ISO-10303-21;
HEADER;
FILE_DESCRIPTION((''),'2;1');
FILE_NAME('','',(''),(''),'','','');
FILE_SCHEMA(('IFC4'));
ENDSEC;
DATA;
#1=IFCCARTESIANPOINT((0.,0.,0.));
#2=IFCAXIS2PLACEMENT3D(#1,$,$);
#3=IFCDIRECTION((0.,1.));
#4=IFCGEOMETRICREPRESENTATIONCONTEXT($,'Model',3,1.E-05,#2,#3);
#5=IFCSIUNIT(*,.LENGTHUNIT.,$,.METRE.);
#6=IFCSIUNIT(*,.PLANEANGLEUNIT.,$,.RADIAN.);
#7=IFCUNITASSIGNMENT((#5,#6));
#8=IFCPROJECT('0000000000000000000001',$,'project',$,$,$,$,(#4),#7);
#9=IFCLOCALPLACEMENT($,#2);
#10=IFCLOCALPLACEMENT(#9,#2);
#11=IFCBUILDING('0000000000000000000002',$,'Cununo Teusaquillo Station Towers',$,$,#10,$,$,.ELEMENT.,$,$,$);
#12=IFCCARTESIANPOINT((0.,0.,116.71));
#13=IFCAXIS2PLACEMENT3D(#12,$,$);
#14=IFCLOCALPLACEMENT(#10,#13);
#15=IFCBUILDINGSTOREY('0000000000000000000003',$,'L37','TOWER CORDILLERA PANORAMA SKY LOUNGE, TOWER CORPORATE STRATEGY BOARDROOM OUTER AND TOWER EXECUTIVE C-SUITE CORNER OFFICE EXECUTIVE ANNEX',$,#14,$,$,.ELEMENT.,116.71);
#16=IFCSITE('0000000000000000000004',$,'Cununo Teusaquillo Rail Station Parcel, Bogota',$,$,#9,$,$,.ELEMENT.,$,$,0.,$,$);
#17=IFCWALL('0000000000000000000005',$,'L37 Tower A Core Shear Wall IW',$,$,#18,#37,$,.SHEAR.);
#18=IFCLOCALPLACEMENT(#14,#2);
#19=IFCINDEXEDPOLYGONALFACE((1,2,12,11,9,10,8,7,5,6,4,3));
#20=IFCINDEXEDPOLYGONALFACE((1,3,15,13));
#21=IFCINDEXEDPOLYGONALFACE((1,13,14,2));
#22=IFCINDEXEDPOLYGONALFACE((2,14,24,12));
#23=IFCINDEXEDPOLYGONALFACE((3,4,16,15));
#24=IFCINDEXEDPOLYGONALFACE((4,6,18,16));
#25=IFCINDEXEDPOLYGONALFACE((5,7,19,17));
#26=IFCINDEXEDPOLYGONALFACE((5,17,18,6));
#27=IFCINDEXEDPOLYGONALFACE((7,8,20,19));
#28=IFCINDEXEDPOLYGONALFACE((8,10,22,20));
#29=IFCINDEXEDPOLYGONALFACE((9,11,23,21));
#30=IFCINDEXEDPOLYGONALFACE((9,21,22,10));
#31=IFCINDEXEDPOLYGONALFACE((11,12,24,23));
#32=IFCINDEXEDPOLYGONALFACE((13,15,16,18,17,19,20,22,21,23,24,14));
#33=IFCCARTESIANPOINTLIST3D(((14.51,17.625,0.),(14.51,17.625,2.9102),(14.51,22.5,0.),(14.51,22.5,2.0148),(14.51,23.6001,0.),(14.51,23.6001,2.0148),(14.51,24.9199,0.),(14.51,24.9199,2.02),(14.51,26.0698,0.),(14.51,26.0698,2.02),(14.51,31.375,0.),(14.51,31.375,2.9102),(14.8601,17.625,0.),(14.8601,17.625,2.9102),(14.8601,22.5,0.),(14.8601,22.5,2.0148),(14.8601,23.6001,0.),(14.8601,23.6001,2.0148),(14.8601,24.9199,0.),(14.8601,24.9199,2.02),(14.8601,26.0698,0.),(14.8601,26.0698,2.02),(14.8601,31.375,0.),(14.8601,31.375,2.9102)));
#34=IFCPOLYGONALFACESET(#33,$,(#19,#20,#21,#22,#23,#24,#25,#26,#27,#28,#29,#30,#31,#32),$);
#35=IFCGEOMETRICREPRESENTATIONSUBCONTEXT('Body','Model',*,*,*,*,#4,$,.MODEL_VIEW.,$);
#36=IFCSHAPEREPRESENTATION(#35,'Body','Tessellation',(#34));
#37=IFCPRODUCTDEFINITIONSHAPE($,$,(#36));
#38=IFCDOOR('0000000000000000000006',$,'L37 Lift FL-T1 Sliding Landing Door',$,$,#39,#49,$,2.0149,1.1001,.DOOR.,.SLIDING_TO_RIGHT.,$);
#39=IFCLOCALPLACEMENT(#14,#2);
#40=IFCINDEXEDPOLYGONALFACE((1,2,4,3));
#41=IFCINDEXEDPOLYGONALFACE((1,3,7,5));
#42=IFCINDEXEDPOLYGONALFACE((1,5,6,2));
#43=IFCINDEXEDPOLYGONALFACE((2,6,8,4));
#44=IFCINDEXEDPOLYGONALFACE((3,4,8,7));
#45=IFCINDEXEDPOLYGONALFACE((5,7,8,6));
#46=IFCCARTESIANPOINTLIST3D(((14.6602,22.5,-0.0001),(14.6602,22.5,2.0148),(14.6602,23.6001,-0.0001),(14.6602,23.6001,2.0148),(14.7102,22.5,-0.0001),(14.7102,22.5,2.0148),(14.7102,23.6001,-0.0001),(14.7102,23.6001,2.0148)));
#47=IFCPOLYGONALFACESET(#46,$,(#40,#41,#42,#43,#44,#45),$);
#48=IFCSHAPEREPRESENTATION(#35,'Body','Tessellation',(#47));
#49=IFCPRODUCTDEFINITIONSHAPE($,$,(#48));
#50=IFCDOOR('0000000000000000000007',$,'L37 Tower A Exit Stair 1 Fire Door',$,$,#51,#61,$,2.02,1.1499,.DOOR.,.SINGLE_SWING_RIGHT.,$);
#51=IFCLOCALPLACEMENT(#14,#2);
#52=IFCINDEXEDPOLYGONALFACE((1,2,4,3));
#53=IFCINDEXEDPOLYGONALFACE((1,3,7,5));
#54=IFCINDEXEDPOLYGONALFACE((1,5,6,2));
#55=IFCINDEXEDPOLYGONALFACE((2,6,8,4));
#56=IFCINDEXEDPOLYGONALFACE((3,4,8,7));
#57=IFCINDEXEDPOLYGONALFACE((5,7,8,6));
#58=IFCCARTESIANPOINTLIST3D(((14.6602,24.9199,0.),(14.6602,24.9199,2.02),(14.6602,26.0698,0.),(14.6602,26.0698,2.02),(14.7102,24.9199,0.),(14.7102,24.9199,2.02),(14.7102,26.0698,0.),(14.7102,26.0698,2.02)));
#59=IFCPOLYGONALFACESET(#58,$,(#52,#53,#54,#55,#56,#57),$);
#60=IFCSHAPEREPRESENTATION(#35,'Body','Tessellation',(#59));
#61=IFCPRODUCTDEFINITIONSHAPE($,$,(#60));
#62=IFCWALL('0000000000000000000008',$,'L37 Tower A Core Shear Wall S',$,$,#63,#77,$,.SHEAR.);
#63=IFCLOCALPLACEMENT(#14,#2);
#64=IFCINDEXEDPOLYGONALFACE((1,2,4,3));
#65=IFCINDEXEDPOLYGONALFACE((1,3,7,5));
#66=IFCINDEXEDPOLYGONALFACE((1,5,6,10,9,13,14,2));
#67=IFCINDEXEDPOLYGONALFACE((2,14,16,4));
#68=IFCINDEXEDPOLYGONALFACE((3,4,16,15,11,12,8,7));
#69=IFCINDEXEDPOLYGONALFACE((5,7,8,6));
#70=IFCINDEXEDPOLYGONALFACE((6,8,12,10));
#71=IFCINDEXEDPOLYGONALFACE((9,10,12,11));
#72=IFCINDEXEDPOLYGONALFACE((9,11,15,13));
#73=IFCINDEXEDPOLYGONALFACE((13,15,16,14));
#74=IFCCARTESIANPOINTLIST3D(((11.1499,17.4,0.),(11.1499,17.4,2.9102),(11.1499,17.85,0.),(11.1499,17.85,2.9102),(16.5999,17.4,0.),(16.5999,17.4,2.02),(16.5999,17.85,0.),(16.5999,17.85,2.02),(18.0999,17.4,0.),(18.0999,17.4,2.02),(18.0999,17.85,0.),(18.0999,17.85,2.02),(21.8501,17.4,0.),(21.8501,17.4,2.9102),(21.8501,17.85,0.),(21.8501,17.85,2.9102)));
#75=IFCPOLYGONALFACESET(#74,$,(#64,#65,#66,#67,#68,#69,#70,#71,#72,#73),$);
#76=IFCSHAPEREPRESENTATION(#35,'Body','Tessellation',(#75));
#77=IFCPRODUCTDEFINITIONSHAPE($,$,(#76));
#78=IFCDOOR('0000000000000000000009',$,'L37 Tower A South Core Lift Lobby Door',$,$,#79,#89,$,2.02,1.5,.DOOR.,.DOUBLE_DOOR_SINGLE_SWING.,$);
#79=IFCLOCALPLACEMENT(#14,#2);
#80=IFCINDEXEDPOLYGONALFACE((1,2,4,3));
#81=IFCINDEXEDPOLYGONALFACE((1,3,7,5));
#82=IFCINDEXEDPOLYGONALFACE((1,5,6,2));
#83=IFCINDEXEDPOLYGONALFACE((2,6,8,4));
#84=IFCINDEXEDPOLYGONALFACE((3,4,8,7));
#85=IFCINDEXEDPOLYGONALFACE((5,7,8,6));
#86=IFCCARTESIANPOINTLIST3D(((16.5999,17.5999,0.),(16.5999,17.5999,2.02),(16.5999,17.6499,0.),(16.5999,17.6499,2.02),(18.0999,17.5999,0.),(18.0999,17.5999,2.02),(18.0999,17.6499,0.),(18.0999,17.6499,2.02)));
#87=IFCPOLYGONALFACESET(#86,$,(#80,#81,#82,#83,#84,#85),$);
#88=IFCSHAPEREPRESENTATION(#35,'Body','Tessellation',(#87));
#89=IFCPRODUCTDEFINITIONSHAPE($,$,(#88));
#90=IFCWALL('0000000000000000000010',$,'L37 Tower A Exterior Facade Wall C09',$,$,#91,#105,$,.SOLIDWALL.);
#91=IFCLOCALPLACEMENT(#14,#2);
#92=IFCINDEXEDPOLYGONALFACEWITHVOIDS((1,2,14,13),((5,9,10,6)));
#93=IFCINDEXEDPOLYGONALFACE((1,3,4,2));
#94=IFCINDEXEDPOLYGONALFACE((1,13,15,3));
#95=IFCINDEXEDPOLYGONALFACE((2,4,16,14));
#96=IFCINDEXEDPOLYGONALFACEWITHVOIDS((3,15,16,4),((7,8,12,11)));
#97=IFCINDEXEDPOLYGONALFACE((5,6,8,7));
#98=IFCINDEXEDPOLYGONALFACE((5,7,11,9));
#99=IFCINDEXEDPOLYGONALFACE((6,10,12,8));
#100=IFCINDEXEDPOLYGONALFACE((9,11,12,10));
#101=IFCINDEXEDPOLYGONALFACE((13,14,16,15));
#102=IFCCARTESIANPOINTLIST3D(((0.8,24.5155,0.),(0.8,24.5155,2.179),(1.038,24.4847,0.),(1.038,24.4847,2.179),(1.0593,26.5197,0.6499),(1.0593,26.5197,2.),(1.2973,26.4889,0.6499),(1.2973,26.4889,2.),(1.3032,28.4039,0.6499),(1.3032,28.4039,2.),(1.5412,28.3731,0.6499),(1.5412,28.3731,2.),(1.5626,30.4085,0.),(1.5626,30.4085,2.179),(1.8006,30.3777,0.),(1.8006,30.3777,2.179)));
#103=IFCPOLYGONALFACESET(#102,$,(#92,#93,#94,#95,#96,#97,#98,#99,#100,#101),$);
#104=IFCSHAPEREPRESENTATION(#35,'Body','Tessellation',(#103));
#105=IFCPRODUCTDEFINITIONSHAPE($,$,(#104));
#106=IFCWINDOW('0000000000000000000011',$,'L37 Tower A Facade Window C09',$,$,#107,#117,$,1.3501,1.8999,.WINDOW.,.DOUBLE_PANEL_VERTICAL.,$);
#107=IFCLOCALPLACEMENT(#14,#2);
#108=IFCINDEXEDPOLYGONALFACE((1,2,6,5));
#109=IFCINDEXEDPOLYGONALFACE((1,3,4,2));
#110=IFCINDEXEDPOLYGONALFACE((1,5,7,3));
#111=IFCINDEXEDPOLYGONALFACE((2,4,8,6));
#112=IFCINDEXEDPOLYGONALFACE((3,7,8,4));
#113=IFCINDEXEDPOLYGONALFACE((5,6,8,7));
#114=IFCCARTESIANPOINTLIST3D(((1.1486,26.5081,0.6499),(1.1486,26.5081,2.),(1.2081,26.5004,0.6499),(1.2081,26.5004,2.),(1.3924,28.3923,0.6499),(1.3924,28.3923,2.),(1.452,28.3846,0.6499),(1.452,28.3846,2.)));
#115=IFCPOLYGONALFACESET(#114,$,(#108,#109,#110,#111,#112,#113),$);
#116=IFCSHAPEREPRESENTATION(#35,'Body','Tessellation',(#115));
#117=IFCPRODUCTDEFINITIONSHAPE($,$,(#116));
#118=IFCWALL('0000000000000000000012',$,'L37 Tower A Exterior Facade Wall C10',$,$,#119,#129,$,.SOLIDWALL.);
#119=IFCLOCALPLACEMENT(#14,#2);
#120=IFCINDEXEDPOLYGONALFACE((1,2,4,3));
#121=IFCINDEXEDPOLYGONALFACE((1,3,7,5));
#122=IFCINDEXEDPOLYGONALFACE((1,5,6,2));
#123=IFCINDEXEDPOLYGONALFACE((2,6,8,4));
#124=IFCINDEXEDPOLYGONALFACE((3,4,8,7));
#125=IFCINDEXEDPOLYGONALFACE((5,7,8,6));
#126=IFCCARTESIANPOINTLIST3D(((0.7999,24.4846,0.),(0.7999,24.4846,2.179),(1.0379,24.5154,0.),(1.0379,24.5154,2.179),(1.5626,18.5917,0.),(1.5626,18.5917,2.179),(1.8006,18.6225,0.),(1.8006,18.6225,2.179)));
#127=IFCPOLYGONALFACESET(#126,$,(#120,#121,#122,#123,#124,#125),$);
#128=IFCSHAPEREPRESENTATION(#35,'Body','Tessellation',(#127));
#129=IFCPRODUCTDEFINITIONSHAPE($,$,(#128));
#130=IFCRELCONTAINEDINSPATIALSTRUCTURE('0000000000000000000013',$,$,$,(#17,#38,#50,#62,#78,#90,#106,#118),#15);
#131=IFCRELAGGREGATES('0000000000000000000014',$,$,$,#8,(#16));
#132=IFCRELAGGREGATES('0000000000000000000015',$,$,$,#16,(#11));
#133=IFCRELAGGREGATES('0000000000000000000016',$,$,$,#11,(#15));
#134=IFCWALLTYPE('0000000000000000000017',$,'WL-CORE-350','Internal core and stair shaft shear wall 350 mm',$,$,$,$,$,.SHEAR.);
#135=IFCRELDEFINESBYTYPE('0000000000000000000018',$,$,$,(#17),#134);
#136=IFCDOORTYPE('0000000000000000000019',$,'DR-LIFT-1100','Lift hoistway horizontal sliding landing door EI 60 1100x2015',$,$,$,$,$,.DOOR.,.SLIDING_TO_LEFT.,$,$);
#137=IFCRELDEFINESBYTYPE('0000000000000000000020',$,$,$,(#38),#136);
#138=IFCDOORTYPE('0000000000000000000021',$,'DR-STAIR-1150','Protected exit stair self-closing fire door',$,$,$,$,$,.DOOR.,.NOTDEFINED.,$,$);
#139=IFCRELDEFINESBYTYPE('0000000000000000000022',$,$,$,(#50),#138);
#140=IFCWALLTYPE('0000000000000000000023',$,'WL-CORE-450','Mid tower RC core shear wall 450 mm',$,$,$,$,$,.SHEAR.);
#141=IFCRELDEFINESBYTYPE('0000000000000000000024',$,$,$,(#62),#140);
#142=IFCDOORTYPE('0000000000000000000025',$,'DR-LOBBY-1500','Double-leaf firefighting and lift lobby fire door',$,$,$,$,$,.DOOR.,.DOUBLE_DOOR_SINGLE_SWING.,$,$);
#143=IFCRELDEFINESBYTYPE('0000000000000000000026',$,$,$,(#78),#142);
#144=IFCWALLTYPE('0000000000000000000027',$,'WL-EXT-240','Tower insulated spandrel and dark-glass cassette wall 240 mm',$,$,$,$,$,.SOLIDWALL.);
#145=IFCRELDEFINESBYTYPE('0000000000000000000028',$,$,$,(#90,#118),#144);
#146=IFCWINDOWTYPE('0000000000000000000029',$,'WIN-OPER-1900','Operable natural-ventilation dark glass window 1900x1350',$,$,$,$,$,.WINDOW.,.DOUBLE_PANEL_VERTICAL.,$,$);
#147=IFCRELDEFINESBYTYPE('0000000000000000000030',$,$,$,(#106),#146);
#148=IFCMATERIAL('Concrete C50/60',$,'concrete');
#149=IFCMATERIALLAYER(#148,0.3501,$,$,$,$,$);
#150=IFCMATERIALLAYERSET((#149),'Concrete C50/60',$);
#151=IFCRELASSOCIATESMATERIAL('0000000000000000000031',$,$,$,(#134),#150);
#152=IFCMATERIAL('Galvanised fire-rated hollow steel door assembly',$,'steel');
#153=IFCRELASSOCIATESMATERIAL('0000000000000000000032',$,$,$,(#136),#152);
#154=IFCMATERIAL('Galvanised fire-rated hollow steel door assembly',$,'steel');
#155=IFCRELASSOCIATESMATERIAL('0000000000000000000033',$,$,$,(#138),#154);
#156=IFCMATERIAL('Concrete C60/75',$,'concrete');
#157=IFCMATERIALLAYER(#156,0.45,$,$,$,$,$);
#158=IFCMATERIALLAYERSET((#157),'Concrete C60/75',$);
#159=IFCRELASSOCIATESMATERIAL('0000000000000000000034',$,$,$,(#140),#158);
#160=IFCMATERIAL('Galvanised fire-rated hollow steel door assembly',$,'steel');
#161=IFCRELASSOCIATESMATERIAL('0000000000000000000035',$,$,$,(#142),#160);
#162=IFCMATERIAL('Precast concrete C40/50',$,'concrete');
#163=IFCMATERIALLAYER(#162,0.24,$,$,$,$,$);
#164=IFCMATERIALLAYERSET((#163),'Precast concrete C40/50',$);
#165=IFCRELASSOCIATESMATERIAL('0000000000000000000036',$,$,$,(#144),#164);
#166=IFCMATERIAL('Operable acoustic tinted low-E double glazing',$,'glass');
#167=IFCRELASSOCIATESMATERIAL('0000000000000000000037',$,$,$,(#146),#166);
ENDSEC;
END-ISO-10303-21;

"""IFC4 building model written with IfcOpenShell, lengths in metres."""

from ifc_helpers import new_model, si_unit, direction, frame, frame_2d, origin, place, context, subcontext, project, spatial, rectangle, extrude, source, transform, mapped, material, layer, layer_set, type_object, element, fill, save


model = new_model("IFC4")

# Units and contexts
model_context = context("Model", 3, precision=1e-05, world=origin(), true_north=direction((0.0, 1.0)))
body_context = subcontext(model_context, "Body", "Model", "MODEL_VIEW")
ifc_project = project(units=[si_unit("LENGTHUNIT", "METRE"), si_unit("PLANEANGLEUNIT", "RADIAN")], contexts=[model_context])

# Site, building, storey
site_placement = place(None, origin())
site = spatial("IfcSite", under=ifc_project, at=site_placement, Name="Cununo Teusaquillo Rail Station Parcel, Bogota", CompositionType="ELEMENT", RefElevation=0.0)
building_placement = place(site_placement, origin())
building = spatial("IfcBuilding", under=site, at=building_placement, Name="Cununo Teusaquillo Station Towers", CompositionType="ELEMENT")
storey_placement = place(building_placement, frame((0.0, 0.0, 116.71)))
storey = spatial("IfcBuildingStorey", under=building, at=storey_placement, Name="L37", Description="TOWER CORDILLERA PANORAMA SKY LOUNGE, TOWER CORPORATE STRATEGY BOARDROOM OUTER AND TOWER EXECUTIVE C-SUITE CORNER OFFICE EXECUTIVE ANNEX", CompositionType="ELEMENT", Elevation=116.71)

# Wall, openings, doors
ifc_material_1 = material(Name="Concrete C50/60", Category="concrete")
ifc_layer_1 = layer(ifc_material_1, 0.3501)
ifc_layer_set_1 = layer_set([ifc_layer_1], Name="Concrete C50/60")
wall_type_1 = type_object("IfcWallType", Name="WL-CORE-350", Description="Internal core and stair shaft shear wall 350 mm", PredefinedType="SHEAR", material=ifc_layer_set_1)
wall_1_placement = place(storey_placement, frame((14.6851, 17.625, 0.0), z_axis=(0.0, 0.0, 1.0), x_axis=(0.0, 1.0, 0.0)))
wall_1 = element("IfcWall", 1, at=wall_1_placement, inside=storey, type_object=wall_type_1, Name="L37 Tower A Core Shear Wall IW", PredefinedType="SHEAR", context=body_context, shape_type="SweptSolid", body=[
    extrude(rectangle(XDim=13.75, YDim=0.3501, at=frame_2d((6.875, 0.0))), origin(), (0.0, 0.0, 1.0), 2.9102),
])
shared_shape_1 = source(origin(), body_context, "Body", "SweptSolid", [
    extrude(rectangle(XDim=1.1001, YDim=2.0149, at=frame_2d((0.55, 1.0073))), frame((0.0, 0.1851, 0.0), z_axis=(0.0, -1.0, 0.0), x_axis=(1.0, 0.0, 0.0)), (0.0, 0.0, 1.0), 0.3701),
])
opening_1_placement = place(wall_1_placement, frame((4.875, 0.0, 0.0)))
opening_1 = element("IfcOpeningElement", 2, at=opening_1_placement, cuts=wall_1, PredefinedType="OPENING", context=body_context, shape_type="MappedRepresentation", body=[
    mapped(shared_shape_1, transform((0.0, 0.0, 0.0), x_axis=(1.0, 0.0, 0.0), y_axis=(0.0, 1.0, 0.0), z_axis=(0.0, 0.0, 1.0), scale=1.0)),
])
shared_shape_2 = source(origin(), body_context, "Body", "SweptSolid", [
    extrude(rectangle(XDim=1.1499, YDim=2.02, at=frame_2d((0.575, 1.01))), frame((0.0, 0.1851, 0.0), z_axis=(0.0, -1.0, 0.0), x_axis=(1.0, 0.0, 0.0)), (0.0, 0.0, 1.0), 0.3701),
])
opening_2_placement = place(wall_1_placement, frame((7.2949, 0.0, 0.0)))
opening_2 = element("IfcOpeningElement", 3, at=opening_2_placement, cuts=wall_1, PredefinedType="OPENING", context=body_context, shape_type="MappedRepresentation", body=[
    mapped(shared_shape_2, transform((0.0, 0.0, 0.0), x_axis=(1.0, 0.0, 0.0), y_axis=(0.0, 1.0, 0.0), z_axis=(0.0, 0.0, 1.0), scale=1.0)),
])
ifc_material_2 = material(Name="Galvanised fire-rated hollow steel door assembly", Category="steel")
door_type_1 = type_object("IfcDoorType", Name="DR-LIFT-1100", Description="Lift hoistway horizontal sliding landing door EI 60 1100x2015", OperationType="SLIDING_TO_LEFT", PredefinedType="DOOR", material=ifc_material_2)
shared_shape_3 = source(origin(), body_context, "Body", "SweptSolid", [
    extrude(rectangle(XDim=1.1001, YDim=2.0149, at=frame_2d((0.55, 1.0073))), frame((0.0, 0.0249, 0.0), z_axis=(0.0, -1.0, 0.0), x_axis=(1.0, 0.0, 0.0)), (0.0, 0.0, 1.0), 0.05),
])
door_1_placement = place(opening_1_placement, origin())
door_1 = element("IfcDoor", 4, at=door_1_placement, inside=storey, type_object=door_type_1, Name="L37 Lift FL-T1 Sliding Landing Door", OperationType="SLIDING_TO_RIGHT", OverallHeight=2.0149, OverallWidth=1.1001, PredefinedType="DOOR", context=body_context, shape_type="MappedRepresentation", body=[
    mapped(shared_shape_3, transform((0.0, 0.0, 0.0), x_axis=(1.0, 0.0, 0.0), y_axis=(0.0, 1.0, 0.0), z_axis=(0.0, 0.0, 1.0), scale=1.0)),
])
fill(opening_1, door_1)
ifc_material_3 = material(Name="Galvanised fire-rated hollow steel door assembly", Category="steel")
door_type_2 = type_object("IfcDoorType", Name="DR-STAIR-1150", Description="Protected exit stair self-closing fire door", OperationType="NOTDEFINED", PredefinedType="DOOR", material=ifc_material_3)
shared_shape_4 = source(origin(), body_context, "Body", "SweptSolid", [
    extrude(rectangle(XDim=1.1499, YDim=2.02, at=frame_2d((0.575, 1.01))), frame((0.0, 0.0249, 0.0), z_axis=(0.0, -1.0, 0.0), x_axis=(1.0, 0.0, 0.0)), (0.0, 0.0, 1.0), 0.05),
])
door_2_placement = place(opening_2_placement, origin())
door_2 = element("IfcDoor", 5, at=door_2_placement, inside=storey, type_object=door_type_2, Name="L37 Tower A Exit Stair 1 Fire Door", OperationType="SINGLE_SWING_RIGHT", OverallHeight=2.02, OverallWidth=1.1499, PredefinedType="DOOR", context=body_context, shape_type="MappedRepresentation", body=[
    mapped(shared_shape_4, transform((0.0, 0.0, 0.0), x_axis=(1.0, 0.0, 0.0), y_axis=(0.0, 1.0, 0.0), z_axis=(0.0, 0.0, 1.0), scale=1.0)),
])
fill(opening_2, door_2)

# Wall, opening, door
ifc_material_4 = material(Name="Concrete C60/75", Category="concrete")
ifc_layer_2 = layer(ifc_material_4, 0.45)
ifc_layer_set_2 = layer_set([ifc_layer_2], Name="Concrete C60/75")
wall_type_2 = type_object("IfcWallType", Name="WL-CORE-450", Description="Mid tower RC core shear wall 450 mm", PredefinedType="SHEAR", material=ifc_layer_set_2)
wall_2_placement = place(storey_placement, frame((11.1499, 17.625, 0.0), z_axis=(0.0, 0.0, 1.0), x_axis=(1.0, 0.0, 0.0)))
wall_2 = element("IfcWall", 6, at=wall_2_placement, inside=storey, type_object=wall_type_2, Name="L37 Tower A Core Shear Wall S", PredefinedType="SHEAR", context=body_context, shape_type="SweptSolid", body=[
    extrude(rectangle(XDim=10.7002, YDim=0.45, at=frame_2d((5.3501, 0.0))), origin(), (0.0, 0.0, 1.0), 2.9102),
])
shared_shape_5 = source(origin(), body_context, "Body", "SweptSolid", [
    extrude(rectangle(XDim=1.5, YDim=2.02, at=frame_2d((0.75, 1.01))), frame((0.0, 0.2349, 0.0), z_axis=(0.0, -1.0, 0.0), x_axis=(1.0, 0.0, 0.0)), (0.0, 0.0, 1.0), 0.47),
])
opening_3_placement = place(wall_2_placement, frame((5.45, 0.0, 0.0)))
opening_3 = element("IfcOpeningElement", 7, at=opening_3_placement, cuts=wall_2, PredefinedType="OPENING", context=body_context, shape_type="MappedRepresentation", body=[
    mapped(shared_shape_5, transform((0.0, 0.0, 0.0), x_axis=(1.0, 0.0, 0.0), y_axis=(0.0, 1.0, 0.0), z_axis=(0.0, 0.0, 1.0), scale=1.0)),
])
ifc_material_5 = material(Name="Galvanised fire-rated hollow steel door assembly", Category="steel")
door_type_3 = type_object("IfcDoorType", Name="DR-LOBBY-1500", Description="Double-leaf firefighting and lift lobby fire door", OperationType="DOUBLE_DOOR_SINGLE_SWING", PredefinedType="DOOR", material=ifc_material_5)
shared_shape_6 = source(origin(), body_context, "Body", "SweptSolid", [
    extrude(rectangle(XDim=1.5, YDim=2.02, at=frame_2d((0.75, 1.01))), frame((0.0, 0.0249, 0.0), z_axis=(0.0, -1.0, 0.0), x_axis=(1.0, 0.0, 0.0)), (0.0, 0.0, 1.0), 0.05),
])
door_3_placement = place(opening_3_placement, origin())
door_3 = element("IfcDoor", 8, at=door_3_placement, inside=storey, type_object=door_type_3, Name="L37 Tower A South Core Lift Lobby Door", OperationType="DOUBLE_DOOR_SINGLE_SWING", OverallHeight=2.02, OverallWidth=1.5, PredefinedType="DOOR", context=body_context, shape_type="MappedRepresentation", body=[
    mapped(shared_shape_6, transform((0.0, 0.0, 0.0), x_axis=(1.0, 0.0, 0.0), y_axis=(0.0, 1.0, 0.0), z_axis=(0.0, 0.0, 1.0), scale=1.0)),
])
fill(opening_3, door_3)

# Wall, opening, window
ifc_material_6 = material(Name="Precast concrete C40/50", Category="concrete")
ifc_layer_3 = layer(ifc_material_6, 0.24)
ifc_layer_set_3 = layer_set([ifc_layer_3], Name="Precast concrete C40/50")
wall_type_3 = type_object("IfcWallType", Name="WL-EXT-240", Description="Tower insulated spandrel and dark-glass cassette wall 240 mm", PredefinedType="SOLIDWALL", material=ifc_layer_set_3)
wall_3_placement = place(storey_placement, frame((0.9189, 24.5, 0.0), z_axis=(0.0, 0.0, 1.0), x_axis=(0.128352, 0.991729, 0.0)))
wall_3 = element("IfcWall", 9, at=wall_3_placement, inside=storey, type_object=wall_type_3, Name="L37 Tower A Exterior Facade Wall C09", PredefinedType="SOLIDWALL", context=body_context, shape_type="SweptSolid", body=[
    extrude(rectangle(XDim=5.9421, YDim=0.24, at=frame_2d((2.9712, 0.0))), origin(), (0.0, 0.0, 1.0), 2.179),
])
shared_shape_7 = source(origin(), body_context, "Body", "SweptSolid", [
    extrude(rectangle(XDim=1.8999, YDim=1.3501, at=frame_2d((0.95, 0.675))), frame((0.0, 0.1299, 0.0), z_axis=(0.0, -1.0, 0.0), x_axis=(1.0, 0.0, 0.0)), (0.0, 0.0, 1.0), 0.26),
])
opening_4_placement = place(wall_3_placement, frame((2.021, 0.0, 0.6499)))
opening_4 = element("IfcOpeningElement", 10, at=opening_4_placement, cuts=wall_3, PredefinedType="OPENING", context=body_context, shape_type="MappedRepresentation", body=[
    mapped(shared_shape_7, transform((0.0, 0.0, 0.0), x_axis=(1.0, 0.0, 0.0), y_axis=(0.0, 1.0, 0.0), z_axis=(0.0, 0.0, 1.0), scale=1.0)),
])
ifc_material_7 = material(Name="Operable acoustic tinted low-E double glazing", Category="glass")
window_type = type_object("IfcWindowType", Name="WIN-OPER-1900", Description="Operable natural-ventilation dark glass window 1900x1350", PartitioningType="DOUBLE_PANEL_VERTICAL", PredefinedType="WINDOW", material=ifc_material_7)
shared_shape_8 = source(origin(), body_context, "Body", "SweptSolid", [
    extrude(rectangle(XDim=1.8999, YDim=1.3501, at=frame_2d((0.95, 0.675))), frame((0.0, 0.03, 0.0), z_axis=(0.0, -1.0, 0.0), x_axis=(1.0, 0.0, 0.0)), (0.0, 0.0, 1.0), 0.0601),
])
window_placement = place(opening_4_placement, origin())
window = element("IfcWindow", 11, at=window_placement, inside=storey, type_object=window_type, Name="L37 Tower A Facade Window C09", OverallHeight=1.3501, OverallWidth=1.8999, PartitioningType="DOUBLE_PANEL_VERTICAL", PredefinedType="WINDOW", context=body_context, shape_type="MappedRepresentation", body=[
    mapped(shared_shape_8, transform((0.0, 0.0, 0.0), x_axis=(1.0, 0.0, 0.0), y_axis=(0.0, 1.0, 0.0), z_axis=(0.0, 0.0, 1.0), scale=1.0)),
])
fill(opening_4, window)

# Wall
wall_4_placement = place(storey_placement, frame((1.6816, 18.6069, 0.0), z_axis=(0.0, 0.0, 1.0), x_axis=(-0.128352, 0.991729, 0.0)))
element("IfcWall", 12, at=wall_4_placement, inside=storey, type_object=wall_type_3, Name="L37 Tower A Exterior Facade Wall C10", PredefinedType="SOLIDWALL", context=body_context, shape_type="SweptSolid", body=[
    extrude(rectangle(XDim=5.9421, YDim=0.24, at=frame_2d((2.9712, 0.0))), origin(), (0.0, 0.0, 1.0), 2.179),
])

save(model, "model.ifc")
